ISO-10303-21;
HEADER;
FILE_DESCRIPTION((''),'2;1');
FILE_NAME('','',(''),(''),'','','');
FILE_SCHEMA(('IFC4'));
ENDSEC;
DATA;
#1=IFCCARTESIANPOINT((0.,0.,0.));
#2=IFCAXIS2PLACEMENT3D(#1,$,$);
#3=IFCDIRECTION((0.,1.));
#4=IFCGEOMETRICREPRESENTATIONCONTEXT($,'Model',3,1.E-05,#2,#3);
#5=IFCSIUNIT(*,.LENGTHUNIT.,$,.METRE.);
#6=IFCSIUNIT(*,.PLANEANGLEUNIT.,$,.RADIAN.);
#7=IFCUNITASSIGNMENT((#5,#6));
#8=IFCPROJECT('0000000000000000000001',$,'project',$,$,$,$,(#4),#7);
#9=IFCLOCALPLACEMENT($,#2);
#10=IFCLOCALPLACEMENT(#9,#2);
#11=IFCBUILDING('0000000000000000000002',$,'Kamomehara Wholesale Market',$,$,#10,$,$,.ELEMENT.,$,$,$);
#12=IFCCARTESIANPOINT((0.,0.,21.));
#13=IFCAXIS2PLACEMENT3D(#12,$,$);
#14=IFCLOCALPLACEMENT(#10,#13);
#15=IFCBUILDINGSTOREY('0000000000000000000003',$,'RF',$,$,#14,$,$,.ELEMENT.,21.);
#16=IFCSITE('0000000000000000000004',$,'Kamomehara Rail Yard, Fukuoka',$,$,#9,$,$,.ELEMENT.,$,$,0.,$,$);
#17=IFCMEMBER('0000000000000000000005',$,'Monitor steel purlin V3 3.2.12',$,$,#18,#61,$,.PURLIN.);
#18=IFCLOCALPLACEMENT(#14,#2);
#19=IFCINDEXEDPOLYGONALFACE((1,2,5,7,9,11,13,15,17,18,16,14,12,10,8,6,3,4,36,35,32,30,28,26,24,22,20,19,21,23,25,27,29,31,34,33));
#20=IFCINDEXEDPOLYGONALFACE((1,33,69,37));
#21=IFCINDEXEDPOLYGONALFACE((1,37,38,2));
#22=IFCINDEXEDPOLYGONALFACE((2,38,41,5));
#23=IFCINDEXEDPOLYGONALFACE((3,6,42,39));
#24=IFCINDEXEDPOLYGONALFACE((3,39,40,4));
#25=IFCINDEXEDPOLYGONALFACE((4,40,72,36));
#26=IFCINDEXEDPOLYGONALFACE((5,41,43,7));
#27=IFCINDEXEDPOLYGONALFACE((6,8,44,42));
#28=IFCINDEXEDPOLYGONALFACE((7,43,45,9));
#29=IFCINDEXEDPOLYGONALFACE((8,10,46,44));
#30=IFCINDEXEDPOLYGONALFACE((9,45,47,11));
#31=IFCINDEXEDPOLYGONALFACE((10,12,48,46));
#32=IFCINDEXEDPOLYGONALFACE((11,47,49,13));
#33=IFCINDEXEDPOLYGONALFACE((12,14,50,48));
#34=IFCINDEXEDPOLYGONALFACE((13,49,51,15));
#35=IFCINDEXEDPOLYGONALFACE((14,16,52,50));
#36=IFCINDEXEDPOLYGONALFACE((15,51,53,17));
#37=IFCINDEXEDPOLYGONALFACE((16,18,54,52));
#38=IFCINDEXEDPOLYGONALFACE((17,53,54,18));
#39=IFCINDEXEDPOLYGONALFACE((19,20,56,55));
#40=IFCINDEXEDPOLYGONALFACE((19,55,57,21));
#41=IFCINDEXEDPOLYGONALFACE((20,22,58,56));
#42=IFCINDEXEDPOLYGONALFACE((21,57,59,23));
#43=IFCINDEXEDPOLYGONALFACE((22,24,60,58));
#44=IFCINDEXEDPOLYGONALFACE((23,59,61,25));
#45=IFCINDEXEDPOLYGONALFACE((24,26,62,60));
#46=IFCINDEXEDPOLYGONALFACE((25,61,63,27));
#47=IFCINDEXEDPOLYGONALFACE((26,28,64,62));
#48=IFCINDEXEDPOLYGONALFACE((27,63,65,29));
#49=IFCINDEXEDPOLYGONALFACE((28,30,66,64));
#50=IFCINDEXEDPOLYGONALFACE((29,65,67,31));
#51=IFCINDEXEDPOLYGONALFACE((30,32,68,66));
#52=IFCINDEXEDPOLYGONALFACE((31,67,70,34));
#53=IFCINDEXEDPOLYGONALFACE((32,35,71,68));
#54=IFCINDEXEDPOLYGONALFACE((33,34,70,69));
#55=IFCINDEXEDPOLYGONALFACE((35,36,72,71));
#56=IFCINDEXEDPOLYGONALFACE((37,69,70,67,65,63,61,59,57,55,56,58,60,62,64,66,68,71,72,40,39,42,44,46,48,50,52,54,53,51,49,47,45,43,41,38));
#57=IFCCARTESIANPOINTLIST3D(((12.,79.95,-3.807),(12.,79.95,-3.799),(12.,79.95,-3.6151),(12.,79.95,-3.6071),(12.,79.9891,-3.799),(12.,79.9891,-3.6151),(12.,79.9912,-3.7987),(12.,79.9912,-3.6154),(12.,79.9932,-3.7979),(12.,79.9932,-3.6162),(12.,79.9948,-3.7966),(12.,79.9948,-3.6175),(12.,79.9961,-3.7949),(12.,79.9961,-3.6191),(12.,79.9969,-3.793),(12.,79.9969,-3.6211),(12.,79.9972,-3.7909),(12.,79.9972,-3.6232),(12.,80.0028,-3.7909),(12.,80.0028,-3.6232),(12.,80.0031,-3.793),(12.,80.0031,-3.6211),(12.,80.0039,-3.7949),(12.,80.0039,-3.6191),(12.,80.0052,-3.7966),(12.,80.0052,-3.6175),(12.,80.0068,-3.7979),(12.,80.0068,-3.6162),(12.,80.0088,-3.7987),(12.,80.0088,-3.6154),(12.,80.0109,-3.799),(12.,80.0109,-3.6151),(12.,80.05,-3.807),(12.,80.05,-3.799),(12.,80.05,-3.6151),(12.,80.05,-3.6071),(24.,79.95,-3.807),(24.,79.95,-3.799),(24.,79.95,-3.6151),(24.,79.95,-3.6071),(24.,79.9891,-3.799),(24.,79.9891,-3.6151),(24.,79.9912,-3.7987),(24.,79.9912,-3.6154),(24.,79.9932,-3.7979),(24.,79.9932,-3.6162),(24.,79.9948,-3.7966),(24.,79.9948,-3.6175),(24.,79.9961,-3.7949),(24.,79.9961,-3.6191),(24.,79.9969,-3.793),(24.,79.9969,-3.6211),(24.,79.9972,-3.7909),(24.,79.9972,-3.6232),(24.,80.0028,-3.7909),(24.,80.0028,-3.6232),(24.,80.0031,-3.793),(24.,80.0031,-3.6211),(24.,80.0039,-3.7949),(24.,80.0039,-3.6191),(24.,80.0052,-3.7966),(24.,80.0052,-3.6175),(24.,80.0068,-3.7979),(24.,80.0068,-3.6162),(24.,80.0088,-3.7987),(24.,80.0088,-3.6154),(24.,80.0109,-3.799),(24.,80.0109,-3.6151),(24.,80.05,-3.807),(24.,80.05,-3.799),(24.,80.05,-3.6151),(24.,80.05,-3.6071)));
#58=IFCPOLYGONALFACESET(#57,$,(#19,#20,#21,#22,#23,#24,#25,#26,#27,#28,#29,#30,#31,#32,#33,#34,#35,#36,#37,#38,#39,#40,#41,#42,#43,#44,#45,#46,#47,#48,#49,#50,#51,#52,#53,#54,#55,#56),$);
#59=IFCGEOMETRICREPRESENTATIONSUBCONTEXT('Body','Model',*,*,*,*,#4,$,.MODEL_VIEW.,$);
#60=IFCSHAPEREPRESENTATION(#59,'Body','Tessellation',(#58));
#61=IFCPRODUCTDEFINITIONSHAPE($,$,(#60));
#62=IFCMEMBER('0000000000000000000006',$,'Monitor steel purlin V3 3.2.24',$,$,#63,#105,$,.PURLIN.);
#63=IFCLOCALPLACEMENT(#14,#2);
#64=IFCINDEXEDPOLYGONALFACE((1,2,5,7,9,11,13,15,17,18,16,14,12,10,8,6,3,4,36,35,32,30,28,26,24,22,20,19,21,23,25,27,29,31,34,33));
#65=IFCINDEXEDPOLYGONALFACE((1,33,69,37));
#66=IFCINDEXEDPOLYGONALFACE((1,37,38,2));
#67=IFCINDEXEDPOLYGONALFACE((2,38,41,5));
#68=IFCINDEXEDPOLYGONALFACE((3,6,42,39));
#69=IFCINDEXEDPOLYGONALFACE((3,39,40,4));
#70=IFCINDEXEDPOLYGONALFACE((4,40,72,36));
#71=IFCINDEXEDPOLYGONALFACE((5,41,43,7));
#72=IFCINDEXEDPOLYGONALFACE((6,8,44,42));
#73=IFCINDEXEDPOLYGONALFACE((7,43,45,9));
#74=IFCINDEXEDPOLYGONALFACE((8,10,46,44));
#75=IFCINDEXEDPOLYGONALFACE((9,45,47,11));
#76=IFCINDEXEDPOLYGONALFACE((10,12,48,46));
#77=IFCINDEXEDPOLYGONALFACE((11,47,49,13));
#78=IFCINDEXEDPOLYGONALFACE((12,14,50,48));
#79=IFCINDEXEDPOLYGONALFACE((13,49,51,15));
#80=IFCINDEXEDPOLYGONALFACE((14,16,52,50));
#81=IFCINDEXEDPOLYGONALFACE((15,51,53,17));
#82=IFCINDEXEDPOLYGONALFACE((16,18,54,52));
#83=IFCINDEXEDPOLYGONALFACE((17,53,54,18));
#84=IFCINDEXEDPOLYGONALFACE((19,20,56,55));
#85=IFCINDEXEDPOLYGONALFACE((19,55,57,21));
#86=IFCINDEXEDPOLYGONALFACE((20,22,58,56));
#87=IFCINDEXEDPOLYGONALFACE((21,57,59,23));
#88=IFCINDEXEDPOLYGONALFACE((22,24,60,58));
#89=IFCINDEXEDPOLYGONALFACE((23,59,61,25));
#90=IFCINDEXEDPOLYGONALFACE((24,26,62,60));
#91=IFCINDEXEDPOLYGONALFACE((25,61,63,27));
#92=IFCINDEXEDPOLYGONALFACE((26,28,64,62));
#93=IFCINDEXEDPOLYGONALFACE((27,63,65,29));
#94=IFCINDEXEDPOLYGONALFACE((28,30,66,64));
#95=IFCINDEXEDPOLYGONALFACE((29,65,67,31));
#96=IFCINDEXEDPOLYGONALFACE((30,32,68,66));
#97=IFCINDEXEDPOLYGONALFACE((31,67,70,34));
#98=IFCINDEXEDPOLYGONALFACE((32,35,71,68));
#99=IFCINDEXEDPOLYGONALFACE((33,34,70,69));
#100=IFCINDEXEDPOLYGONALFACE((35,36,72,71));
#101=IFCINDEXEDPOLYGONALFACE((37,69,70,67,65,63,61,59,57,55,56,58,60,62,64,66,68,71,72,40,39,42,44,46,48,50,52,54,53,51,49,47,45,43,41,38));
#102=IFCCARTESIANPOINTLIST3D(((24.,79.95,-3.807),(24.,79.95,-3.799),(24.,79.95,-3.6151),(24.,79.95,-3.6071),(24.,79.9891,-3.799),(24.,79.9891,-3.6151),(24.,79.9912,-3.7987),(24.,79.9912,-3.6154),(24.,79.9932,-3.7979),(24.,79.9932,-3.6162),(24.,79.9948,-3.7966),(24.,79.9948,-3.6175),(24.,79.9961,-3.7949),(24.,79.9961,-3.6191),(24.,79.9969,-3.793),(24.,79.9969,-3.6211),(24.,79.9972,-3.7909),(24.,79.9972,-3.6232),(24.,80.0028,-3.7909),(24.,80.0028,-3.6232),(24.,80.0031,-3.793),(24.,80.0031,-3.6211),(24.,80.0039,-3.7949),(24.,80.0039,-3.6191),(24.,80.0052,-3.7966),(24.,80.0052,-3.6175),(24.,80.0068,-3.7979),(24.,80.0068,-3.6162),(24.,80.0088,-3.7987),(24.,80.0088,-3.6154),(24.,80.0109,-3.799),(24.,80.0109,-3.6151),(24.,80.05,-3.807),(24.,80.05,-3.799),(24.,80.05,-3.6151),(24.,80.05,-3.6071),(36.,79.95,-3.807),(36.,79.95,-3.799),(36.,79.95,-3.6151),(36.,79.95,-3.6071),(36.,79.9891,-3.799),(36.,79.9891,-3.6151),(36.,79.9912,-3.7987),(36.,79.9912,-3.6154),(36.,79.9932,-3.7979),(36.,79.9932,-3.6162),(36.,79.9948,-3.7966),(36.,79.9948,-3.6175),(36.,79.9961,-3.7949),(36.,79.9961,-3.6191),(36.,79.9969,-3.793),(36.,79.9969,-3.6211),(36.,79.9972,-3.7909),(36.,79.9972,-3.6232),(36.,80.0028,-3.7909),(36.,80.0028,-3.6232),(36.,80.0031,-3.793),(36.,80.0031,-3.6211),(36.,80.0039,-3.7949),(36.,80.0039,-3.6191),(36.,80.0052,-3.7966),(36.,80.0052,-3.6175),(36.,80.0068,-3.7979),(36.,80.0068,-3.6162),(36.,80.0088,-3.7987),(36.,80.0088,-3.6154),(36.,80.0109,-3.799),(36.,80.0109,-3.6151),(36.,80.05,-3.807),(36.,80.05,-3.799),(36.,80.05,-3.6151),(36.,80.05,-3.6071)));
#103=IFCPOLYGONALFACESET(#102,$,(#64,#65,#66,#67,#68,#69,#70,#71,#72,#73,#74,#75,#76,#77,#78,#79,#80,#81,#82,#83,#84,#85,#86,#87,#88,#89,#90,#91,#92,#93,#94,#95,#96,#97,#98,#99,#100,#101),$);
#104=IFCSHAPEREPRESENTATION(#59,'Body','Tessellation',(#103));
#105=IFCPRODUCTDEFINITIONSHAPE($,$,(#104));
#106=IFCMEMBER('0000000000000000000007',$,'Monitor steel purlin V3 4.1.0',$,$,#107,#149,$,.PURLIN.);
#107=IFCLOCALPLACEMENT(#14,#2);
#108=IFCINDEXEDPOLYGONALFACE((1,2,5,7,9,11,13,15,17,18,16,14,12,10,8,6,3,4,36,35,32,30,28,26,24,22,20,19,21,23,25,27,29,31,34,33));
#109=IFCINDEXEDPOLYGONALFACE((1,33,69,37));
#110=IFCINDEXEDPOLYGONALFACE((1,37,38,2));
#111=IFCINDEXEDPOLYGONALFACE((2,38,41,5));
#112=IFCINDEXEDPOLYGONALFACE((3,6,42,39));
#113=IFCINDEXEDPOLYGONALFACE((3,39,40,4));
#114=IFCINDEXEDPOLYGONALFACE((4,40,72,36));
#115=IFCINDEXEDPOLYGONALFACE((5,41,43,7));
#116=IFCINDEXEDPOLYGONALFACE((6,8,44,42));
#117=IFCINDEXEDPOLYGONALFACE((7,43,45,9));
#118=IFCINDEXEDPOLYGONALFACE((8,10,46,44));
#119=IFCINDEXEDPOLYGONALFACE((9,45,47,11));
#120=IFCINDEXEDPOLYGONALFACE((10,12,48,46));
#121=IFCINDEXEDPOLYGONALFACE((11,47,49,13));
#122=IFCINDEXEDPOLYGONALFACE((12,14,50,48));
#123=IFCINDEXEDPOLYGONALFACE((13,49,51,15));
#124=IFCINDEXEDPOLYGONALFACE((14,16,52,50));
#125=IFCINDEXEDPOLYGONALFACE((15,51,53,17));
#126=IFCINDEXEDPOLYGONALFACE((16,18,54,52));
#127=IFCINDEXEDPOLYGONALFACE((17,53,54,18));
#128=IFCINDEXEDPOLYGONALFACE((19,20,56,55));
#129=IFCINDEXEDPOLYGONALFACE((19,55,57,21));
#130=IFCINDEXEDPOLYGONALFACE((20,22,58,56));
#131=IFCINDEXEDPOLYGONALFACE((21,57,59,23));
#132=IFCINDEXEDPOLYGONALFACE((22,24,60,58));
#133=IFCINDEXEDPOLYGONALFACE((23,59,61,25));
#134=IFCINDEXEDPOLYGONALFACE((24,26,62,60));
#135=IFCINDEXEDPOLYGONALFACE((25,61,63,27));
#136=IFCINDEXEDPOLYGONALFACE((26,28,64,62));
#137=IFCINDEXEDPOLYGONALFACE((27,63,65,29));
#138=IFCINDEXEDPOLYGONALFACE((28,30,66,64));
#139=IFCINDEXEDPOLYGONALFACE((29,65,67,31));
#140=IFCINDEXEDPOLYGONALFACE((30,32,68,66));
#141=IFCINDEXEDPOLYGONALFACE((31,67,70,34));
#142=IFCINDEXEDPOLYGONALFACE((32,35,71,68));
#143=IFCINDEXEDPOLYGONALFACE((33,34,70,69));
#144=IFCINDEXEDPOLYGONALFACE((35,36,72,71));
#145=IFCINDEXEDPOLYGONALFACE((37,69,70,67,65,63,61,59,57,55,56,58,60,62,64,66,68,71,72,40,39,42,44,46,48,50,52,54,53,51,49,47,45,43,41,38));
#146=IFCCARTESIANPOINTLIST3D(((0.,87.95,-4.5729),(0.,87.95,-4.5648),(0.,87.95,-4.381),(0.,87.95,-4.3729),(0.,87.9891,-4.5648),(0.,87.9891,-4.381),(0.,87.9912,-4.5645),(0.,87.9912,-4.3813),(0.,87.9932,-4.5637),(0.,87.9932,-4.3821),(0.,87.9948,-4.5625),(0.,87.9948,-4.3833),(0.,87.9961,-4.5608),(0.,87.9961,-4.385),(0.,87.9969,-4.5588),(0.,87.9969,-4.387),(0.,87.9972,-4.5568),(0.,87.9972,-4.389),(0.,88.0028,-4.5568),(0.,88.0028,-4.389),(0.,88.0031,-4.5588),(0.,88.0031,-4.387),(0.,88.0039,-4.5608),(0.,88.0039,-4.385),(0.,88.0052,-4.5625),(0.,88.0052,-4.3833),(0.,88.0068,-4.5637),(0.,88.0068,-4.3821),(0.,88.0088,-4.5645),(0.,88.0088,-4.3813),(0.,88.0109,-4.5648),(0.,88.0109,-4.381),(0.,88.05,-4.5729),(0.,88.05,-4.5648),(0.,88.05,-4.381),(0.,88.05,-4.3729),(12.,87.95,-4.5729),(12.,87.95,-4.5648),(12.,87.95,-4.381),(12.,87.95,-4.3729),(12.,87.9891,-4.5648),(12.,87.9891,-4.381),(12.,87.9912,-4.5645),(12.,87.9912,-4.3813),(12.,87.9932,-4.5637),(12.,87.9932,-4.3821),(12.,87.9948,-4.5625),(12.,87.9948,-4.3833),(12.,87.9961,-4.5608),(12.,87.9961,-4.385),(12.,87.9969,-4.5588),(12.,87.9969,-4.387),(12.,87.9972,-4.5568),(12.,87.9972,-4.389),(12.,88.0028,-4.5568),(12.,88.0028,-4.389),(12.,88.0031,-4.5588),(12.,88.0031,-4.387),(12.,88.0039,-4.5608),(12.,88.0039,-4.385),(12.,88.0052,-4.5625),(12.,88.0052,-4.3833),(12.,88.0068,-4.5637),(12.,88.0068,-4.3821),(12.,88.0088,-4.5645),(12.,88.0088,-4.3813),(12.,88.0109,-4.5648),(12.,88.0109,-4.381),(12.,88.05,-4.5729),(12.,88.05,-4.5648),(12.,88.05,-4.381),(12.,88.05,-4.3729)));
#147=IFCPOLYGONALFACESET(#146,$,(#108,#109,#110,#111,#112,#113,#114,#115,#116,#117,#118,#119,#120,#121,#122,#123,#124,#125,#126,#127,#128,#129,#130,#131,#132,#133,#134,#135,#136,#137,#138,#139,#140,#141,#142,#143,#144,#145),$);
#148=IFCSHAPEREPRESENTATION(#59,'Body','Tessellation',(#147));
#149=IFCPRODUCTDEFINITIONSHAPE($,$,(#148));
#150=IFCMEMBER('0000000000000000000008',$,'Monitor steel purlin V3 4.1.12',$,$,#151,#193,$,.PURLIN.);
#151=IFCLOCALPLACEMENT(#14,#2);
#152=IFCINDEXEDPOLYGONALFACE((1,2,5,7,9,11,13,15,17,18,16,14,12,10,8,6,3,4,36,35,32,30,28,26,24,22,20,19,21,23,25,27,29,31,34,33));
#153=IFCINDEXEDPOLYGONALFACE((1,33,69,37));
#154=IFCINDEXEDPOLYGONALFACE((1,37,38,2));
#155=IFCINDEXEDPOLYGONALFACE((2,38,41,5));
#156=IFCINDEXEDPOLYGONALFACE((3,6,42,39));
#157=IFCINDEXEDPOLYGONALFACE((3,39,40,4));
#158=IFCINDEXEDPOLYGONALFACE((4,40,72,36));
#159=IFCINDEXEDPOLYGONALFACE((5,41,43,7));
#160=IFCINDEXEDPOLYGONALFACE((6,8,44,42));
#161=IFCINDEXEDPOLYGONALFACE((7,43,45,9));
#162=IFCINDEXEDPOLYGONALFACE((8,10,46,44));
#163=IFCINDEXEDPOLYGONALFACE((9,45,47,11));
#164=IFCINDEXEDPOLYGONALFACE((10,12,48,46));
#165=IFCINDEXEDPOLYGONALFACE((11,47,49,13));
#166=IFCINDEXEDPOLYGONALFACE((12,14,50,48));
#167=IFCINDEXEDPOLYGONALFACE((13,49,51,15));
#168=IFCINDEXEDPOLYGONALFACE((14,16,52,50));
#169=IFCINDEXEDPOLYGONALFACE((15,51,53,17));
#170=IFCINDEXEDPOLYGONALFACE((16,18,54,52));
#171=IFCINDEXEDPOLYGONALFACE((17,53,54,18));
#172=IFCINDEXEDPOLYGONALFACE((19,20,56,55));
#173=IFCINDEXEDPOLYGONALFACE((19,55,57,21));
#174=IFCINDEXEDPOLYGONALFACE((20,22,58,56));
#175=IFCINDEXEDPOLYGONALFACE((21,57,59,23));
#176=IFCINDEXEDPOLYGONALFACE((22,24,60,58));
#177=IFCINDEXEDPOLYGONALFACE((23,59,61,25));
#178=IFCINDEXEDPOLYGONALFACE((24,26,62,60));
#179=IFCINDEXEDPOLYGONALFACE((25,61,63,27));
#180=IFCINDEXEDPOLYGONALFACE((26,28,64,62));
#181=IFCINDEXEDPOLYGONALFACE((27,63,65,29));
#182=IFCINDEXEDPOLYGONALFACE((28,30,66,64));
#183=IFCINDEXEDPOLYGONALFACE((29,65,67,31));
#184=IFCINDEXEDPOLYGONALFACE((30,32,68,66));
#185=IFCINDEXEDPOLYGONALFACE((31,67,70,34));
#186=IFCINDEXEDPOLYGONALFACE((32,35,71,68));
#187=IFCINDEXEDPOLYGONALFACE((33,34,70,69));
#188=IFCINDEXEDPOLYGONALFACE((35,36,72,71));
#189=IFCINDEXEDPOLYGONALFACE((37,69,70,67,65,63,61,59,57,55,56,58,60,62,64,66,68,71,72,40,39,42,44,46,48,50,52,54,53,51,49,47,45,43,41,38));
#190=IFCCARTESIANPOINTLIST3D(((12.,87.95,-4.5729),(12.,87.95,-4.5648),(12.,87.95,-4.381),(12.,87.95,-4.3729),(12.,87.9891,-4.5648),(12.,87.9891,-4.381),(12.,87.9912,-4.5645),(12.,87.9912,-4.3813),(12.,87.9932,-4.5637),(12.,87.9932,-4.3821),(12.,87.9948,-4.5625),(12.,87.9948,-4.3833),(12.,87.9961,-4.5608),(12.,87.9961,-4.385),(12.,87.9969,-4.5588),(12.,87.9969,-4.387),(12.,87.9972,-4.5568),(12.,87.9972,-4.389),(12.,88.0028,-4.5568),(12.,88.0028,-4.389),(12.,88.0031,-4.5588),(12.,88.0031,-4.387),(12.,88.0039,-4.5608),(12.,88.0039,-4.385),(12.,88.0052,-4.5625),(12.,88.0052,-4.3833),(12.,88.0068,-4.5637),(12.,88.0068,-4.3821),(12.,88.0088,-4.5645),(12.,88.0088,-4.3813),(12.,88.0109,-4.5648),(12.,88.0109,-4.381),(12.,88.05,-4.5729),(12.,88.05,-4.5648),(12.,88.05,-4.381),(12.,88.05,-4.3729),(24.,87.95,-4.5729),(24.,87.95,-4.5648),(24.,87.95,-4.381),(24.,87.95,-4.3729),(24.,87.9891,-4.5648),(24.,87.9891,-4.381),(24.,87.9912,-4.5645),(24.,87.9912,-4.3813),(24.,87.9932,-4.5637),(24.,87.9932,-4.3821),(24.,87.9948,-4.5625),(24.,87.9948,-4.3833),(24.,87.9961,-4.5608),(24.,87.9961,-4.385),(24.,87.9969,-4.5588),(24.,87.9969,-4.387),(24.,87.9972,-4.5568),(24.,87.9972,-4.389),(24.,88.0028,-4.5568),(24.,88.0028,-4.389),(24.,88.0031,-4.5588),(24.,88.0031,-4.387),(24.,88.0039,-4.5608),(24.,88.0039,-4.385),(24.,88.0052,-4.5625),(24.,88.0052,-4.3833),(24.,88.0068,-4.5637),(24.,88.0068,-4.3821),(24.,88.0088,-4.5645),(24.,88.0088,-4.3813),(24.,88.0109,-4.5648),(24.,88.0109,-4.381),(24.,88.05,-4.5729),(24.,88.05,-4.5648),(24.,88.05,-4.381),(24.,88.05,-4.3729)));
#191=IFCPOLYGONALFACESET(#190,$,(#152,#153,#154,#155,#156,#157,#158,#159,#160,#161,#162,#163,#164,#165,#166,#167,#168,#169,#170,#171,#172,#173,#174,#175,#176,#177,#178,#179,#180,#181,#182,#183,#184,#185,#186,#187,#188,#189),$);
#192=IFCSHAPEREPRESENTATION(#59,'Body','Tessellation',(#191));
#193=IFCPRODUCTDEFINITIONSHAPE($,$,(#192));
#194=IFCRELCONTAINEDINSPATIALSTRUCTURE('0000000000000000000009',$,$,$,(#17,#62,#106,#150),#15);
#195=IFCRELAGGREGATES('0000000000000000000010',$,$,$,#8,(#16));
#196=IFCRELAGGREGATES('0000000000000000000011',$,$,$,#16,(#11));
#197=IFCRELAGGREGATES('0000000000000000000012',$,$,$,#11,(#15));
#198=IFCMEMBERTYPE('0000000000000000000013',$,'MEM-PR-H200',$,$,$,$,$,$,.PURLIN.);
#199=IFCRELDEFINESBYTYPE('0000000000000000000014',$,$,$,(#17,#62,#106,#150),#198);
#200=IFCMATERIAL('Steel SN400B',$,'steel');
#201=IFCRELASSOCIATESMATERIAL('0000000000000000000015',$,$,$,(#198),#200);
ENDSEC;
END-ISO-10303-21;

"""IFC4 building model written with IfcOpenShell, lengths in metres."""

from ifc_helpers import new_model, si_unit, direction, frame, origin, origin_2d, place, context, subcontext, project, spatial, i_section, extrude, material, material_profile, profile_set, type_object, element, save


model = new_model("IFC4")

# Units and contexts
model_context = context("Model", 3, precision=1e-05, world=origin(), true_north=direction((0.0, 1.0)))
body_context = subcontext(model_context, "Body", "Model", "MODEL_VIEW")
ifc_project = project(units=[si_unit("LENGTHUNIT", "METRE"), si_unit("PLANEANGLEUNIT", "RADIAN")], contexts=[model_context])

# Site, building, storey
site_placement = place(None, origin())
site = spatial("IfcSite", under=ifc_project, at=site_placement, Name="Kamomehara Rail Yard, Fukuoka", CompositionType="ELEMENT", RefElevation=0.0)
building_placement = place(site_placement, origin())
building = spatial("IfcBuilding", under=site, at=building_placement, Name="Kamomehara Wholesale Market", CompositionType="ELEMENT")
storey_placement = place(building_placement, frame((0.0, 0.0, 21.0)))
storey = spatial("IfcBuildingStorey", under=building, at=storey_placement, Name="RF", CompositionType="ELEMENT", Elevation=21.0)

# Members
ifc_material_1 = material(Name="Steel SN400B", Category="steel")
ifc_material_profile_1 = material_profile(ifc_material_1, i_section(OverallWidth=0.1001, OverallDepth=0.2, WebThickness=0.0056, FlangeThickness=0.0081, FilletRadius=0.0081, at=origin_2d()), Name="H-200x100x5.5x8")
ifc_profile_set_1 = profile_set([ifc_material_profile_1], Name="Steel SN400B")
member_type = type_object("IfcMemberType", Name="MEM-PR-H200", PredefinedType="PURLIN", material=ifc_profile_set_1)
for number, where, z_axis, x_axis, name in (
    (1, (12.0, 80.0, -3.707), (1.0, 0.0, 0.0), (0.0, 1.0, 0.0), "Monitor steel purlin V3 3.2.12"),
    (2, (24.0, 80.0, -3.707), (1.0, 0.0, 0.0), (0.0, 1.0, 0.0), "Monitor steel purlin V3 3.2.24"),
    (3, (0.0, 88.0, -4.4729), (1.0, 0.0, 0.0), (0.0, 1.0, 0.0), "Monitor steel purlin V3 4.1.0"),
    (4, (12.0, 88.0, -4.4729), (1.0, 0.0, 0.0), (0.0, 1.0, 0.0), "Monitor steel purlin V3 4.1.12"),
):
    element("IfcMember", number, at=place(storey_placement, frame(where, z_axis=z_axis, x_axis=x_axis)), inside=storey, type_object=member_type, Name=name, PredefinedType="PURLIN", context=body_context, shape_type="SweptSolid", body=[
        extrude(i_section(OverallWidth=0.1001, OverallDepth=0.2, WebThickness=0.0056, FlangeThickness=0.0081, FilletRadius=0.0081, at=origin_2d()), origin(), (0.0, 0.0, 1.0), 12.0),
    ])

save(model, "model.ifc")
